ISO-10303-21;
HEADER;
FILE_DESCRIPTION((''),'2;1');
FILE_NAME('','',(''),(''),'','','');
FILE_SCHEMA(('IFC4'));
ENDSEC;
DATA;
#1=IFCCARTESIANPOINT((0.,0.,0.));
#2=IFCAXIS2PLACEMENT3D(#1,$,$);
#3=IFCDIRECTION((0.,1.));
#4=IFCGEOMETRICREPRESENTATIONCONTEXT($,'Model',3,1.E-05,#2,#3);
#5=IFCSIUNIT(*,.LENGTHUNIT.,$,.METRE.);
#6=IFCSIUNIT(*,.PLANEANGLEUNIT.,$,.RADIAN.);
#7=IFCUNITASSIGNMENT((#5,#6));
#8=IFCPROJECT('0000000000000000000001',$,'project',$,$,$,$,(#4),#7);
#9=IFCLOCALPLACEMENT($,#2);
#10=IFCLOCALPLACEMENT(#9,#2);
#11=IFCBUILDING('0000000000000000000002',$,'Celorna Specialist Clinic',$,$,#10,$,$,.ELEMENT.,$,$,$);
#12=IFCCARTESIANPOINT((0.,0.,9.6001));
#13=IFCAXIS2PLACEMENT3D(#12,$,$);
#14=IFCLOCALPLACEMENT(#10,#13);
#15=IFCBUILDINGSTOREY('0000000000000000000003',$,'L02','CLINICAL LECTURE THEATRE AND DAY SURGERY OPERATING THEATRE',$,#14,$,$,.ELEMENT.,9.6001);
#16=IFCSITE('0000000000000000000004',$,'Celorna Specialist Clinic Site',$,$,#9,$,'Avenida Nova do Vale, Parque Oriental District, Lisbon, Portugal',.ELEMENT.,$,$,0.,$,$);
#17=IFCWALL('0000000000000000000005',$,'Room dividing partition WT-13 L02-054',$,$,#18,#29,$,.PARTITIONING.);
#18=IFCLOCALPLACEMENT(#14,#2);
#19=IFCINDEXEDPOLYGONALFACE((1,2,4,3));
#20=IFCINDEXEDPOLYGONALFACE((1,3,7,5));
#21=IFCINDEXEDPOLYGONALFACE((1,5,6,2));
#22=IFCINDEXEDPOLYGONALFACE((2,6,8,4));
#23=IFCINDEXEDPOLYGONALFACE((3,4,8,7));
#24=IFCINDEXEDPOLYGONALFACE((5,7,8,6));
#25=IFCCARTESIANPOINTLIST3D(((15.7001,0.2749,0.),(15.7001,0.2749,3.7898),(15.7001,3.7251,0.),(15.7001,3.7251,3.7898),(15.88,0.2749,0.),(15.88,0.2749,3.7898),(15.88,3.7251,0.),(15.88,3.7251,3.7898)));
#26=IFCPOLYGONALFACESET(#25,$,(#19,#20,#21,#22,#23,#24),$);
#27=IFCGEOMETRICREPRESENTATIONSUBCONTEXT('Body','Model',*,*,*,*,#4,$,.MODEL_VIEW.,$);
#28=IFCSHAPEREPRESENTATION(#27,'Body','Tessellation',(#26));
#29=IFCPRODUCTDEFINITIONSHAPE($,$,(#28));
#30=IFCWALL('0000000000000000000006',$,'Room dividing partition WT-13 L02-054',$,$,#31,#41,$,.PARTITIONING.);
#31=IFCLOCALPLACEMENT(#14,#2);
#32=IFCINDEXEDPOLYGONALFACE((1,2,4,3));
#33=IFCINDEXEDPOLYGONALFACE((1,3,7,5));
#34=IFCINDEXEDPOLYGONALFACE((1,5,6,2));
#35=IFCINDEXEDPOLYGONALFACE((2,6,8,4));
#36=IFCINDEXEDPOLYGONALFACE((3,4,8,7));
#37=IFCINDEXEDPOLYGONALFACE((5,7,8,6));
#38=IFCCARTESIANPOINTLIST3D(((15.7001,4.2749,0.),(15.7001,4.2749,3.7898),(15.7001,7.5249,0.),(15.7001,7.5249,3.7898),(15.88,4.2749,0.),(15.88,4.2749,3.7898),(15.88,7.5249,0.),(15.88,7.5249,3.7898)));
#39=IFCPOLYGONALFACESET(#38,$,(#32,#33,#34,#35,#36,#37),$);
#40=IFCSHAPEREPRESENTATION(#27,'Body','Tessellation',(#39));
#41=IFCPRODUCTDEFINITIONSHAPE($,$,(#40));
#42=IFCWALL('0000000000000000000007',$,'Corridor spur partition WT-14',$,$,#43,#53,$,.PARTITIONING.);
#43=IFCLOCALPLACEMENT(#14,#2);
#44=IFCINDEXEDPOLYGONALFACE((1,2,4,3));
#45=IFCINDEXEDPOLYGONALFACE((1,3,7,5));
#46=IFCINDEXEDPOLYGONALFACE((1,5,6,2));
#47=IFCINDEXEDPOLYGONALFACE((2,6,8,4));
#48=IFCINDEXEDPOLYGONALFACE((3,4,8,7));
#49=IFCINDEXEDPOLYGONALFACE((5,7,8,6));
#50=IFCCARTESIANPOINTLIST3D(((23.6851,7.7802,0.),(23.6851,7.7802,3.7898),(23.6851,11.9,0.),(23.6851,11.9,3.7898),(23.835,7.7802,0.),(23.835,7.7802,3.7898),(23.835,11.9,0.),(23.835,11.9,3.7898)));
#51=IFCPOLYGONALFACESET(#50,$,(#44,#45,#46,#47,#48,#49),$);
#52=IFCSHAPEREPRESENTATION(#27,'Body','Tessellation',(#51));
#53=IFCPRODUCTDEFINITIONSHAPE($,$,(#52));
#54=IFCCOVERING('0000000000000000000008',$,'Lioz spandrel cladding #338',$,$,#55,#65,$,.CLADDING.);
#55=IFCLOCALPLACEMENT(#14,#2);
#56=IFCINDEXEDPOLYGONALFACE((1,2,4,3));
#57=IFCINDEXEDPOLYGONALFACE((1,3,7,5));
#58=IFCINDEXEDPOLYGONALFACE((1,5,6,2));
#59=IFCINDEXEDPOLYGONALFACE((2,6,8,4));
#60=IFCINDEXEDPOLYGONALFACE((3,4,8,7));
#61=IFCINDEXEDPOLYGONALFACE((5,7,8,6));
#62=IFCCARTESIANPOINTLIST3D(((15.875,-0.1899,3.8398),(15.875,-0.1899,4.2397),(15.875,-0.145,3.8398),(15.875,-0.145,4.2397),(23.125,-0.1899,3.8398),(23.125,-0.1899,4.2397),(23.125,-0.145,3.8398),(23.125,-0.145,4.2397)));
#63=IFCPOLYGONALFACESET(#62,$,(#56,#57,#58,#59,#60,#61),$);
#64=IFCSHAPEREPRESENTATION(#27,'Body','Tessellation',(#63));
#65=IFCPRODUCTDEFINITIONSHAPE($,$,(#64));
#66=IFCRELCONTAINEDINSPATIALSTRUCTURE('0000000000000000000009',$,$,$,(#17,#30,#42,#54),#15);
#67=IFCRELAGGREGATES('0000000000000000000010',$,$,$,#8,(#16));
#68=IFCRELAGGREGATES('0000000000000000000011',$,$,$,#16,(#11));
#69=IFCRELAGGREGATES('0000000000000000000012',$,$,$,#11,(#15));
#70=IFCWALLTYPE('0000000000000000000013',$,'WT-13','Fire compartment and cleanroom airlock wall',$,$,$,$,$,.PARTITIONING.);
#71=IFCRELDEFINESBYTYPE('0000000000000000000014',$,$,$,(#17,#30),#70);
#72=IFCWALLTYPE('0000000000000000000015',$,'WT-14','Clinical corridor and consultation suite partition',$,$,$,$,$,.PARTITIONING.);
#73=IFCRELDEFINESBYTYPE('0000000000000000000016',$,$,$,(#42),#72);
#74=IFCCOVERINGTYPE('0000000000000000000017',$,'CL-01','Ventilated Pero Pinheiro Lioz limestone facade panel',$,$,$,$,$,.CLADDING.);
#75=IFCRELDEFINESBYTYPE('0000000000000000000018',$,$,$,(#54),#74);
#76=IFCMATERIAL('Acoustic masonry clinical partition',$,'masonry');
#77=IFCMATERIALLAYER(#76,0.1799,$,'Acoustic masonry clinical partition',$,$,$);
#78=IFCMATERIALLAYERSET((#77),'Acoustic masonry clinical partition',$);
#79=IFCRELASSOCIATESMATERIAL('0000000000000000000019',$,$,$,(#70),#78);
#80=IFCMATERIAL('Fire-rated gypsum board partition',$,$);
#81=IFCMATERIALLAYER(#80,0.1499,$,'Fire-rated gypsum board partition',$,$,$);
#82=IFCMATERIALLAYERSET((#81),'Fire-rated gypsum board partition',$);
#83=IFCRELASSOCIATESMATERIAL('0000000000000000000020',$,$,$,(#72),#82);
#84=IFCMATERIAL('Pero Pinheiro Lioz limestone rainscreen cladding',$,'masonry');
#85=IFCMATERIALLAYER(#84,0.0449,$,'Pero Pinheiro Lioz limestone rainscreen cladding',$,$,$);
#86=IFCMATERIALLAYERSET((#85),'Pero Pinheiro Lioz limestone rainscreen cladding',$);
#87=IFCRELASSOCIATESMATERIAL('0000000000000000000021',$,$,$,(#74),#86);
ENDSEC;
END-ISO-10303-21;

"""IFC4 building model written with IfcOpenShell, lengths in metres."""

from ifc_helpers import new_model, si_unit, direction, frame, frame_2d, origin, origin_2d, place, context, subcontext, project, spatial, rectangle, extrude, material, layer, layer_set, type_object, element, save


model = new_model("IFC4")

# Units and contexts
model_context = context("Model", 3, precision=1e-05, world=origin(), true_north=direction((0.0, 1.0)))
body_context = subcontext(model_context, "Body", "Model", "MODEL_VIEW")
ifc_project = project(units=[si_unit("LENGTHUNIT", "METRE"), si_unit("PLANEANGLEUNIT", "RADIAN")], contexts=[model_context])

# Site, building, storey
site_placement = place(None, origin())
site = spatial("IfcSite", under=ifc_project, at=site_placement, Name="Celorna Specialist Clinic Site", LongName="Avenida Nova do Vale, Parque Oriental District, Lisbon, Portugal", CompositionType="ELEMENT", RefElevation=0.0)
building_placement = place(site_placement, origin())
building = spatial("IfcBuilding", under=site, at=building_placement, Name="Celorna Specialist Clinic", CompositionType="ELEMENT")
storey_placement = place(building_placement, frame((0.0, 0.0, 9.6001)))
storey = spatial("IfcBuildingStorey", under=building, at=storey_placement, Name="L02", Description="CLINICAL LECTURE THEATRE AND DAY SURGERY OPERATING THEATRE", CompositionType="ELEMENT", Elevation=9.6001)

# Walls
ifc_material_1 = material(Name="Acoustic masonry clinical partition", Category="masonry")
ifc_layer_1 = layer(ifc_material_1, 0.1799, Name="Acoustic masonry clinical partition")
ifc_layer_set_1 = layer_set([ifc_layer_1], Name="Acoustic masonry clinical partition")
wall_type_1 = type_object("IfcWallType", Name="WT-13", Description="Fire compartment and cleanroom airlock wall", PredefinedType="PARTITIONING", material=ifc_layer_set_1)
wall_1_placement = place(storey_placement, frame((15.79, 0.2749, 0.0), z_axis=(0.0, 0.0, 1.0), x_axis=(0.0, 1.0, 0.0)))
element("IfcWall", 1, at=wall_1_placement, inside=storey, type_object=wall_type_1, Name="Room dividing partition WT-13 L02-054", PredefinedType="PARTITIONING", context=body_context, shape_type="SweptSolid", body=[
    extrude(rectangle(XDim=3.4502, YDim=0.1799, at=frame_2d((1.7251, 0.0))), origin(), (0.0, 0.0, 1.0), 3.7898),
])
wall_2_placement = place(storey_placement, frame((15.79, 4.2749, 0.0), z_axis=(0.0, 0.0, 1.0), x_axis=(0.0, 1.0, 0.0)))
element("IfcWall", 2, at=wall_2_placement, inside=storey, type_object=wall_type_1, Name="Room dividing partition WT-13 L02-054", PredefinedType="PARTITIONING", context=body_context, shape_type="SweptSolid", body=[
    extrude(rectangle(XDim=3.25, YDim=0.1799, at=frame_2d((1.625, 0.0))), origin(), (0.0, 0.0, 1.0), 3.7898),
])
ifc_material_2 = material(Name="Fire-rated gypsum board partition")
ifc_layer_2 = layer(ifc_material_2, 0.1499, Name="Fire-rated gypsum board partition")
ifc_layer_set_2 = layer_set([ifc_layer_2], Name="Fire-rated gypsum board partition")
wall_type_2 = type_object("IfcWallType", Name="WT-14", Description="Clinical corridor and consultation suite partition", PredefinedType="PARTITIONING", material=ifc_layer_set_2)
wall_3_placement = place(storey_placement, frame((23.76, 7.78, 0.0), z_axis=(0.0, 0.0, 1.0), x_axis=(0.0, 1.0, 0.0)))
element("IfcWall", 3, at=wall_3_placement, inside=storey, type_object=wall_type_2, Name="Corridor spur partition WT-14", PredefinedType="PARTITIONING", context=body_context, shape_type="SweptSolid", body=[
    extrude(rectangle(XDim=4.1199, YDim=0.1499, at=frame_2d((2.0601, 0.0))), origin(), (0.0, 0.0, 1.0), 3.7898),
])

# Covering
ifc_material_3 = material(Name="Pero Pinheiro Lioz limestone rainscreen cladding", Category="masonry")
ifc_layer_3 = layer(ifc_material_3, 0.0449, Name="Pero Pinheiro Lioz limestone rainscreen cladding")
ifc_layer_set_3 = layer_set([ifc_layer_3], Name="Pero Pinheiro Lioz limestone rainscreen cladding")
covering_type = type_object("IfcCoveringType", Name="CL-01", Description="Ventilated Pero Pinheiro Lioz limestone facade panel", PredefinedType="CLADDING", material=ifc_layer_set_3)
covering_placement = place(storey_placement, frame((19.5, -0.1675, 3.8398), z_axis=(0.0, 0.0, 1.0), x_axis=(-1.0, 0.0, 0.0)))
element("IfcCovering", 4, at=covering_placement, inside=storey, type_object=covering_type, Name="Lioz spandrel cladding #338", PredefinedType="CLADDING", context=body_context, shape_type="SweptSolid", body=[
    extrude(rectangle(XDim=7.25, YDim=0.0449, at=origin_2d()), origin(), (0.0, 0.0, 1.0), 0.3999),
])

save(model, "model.ifc")
